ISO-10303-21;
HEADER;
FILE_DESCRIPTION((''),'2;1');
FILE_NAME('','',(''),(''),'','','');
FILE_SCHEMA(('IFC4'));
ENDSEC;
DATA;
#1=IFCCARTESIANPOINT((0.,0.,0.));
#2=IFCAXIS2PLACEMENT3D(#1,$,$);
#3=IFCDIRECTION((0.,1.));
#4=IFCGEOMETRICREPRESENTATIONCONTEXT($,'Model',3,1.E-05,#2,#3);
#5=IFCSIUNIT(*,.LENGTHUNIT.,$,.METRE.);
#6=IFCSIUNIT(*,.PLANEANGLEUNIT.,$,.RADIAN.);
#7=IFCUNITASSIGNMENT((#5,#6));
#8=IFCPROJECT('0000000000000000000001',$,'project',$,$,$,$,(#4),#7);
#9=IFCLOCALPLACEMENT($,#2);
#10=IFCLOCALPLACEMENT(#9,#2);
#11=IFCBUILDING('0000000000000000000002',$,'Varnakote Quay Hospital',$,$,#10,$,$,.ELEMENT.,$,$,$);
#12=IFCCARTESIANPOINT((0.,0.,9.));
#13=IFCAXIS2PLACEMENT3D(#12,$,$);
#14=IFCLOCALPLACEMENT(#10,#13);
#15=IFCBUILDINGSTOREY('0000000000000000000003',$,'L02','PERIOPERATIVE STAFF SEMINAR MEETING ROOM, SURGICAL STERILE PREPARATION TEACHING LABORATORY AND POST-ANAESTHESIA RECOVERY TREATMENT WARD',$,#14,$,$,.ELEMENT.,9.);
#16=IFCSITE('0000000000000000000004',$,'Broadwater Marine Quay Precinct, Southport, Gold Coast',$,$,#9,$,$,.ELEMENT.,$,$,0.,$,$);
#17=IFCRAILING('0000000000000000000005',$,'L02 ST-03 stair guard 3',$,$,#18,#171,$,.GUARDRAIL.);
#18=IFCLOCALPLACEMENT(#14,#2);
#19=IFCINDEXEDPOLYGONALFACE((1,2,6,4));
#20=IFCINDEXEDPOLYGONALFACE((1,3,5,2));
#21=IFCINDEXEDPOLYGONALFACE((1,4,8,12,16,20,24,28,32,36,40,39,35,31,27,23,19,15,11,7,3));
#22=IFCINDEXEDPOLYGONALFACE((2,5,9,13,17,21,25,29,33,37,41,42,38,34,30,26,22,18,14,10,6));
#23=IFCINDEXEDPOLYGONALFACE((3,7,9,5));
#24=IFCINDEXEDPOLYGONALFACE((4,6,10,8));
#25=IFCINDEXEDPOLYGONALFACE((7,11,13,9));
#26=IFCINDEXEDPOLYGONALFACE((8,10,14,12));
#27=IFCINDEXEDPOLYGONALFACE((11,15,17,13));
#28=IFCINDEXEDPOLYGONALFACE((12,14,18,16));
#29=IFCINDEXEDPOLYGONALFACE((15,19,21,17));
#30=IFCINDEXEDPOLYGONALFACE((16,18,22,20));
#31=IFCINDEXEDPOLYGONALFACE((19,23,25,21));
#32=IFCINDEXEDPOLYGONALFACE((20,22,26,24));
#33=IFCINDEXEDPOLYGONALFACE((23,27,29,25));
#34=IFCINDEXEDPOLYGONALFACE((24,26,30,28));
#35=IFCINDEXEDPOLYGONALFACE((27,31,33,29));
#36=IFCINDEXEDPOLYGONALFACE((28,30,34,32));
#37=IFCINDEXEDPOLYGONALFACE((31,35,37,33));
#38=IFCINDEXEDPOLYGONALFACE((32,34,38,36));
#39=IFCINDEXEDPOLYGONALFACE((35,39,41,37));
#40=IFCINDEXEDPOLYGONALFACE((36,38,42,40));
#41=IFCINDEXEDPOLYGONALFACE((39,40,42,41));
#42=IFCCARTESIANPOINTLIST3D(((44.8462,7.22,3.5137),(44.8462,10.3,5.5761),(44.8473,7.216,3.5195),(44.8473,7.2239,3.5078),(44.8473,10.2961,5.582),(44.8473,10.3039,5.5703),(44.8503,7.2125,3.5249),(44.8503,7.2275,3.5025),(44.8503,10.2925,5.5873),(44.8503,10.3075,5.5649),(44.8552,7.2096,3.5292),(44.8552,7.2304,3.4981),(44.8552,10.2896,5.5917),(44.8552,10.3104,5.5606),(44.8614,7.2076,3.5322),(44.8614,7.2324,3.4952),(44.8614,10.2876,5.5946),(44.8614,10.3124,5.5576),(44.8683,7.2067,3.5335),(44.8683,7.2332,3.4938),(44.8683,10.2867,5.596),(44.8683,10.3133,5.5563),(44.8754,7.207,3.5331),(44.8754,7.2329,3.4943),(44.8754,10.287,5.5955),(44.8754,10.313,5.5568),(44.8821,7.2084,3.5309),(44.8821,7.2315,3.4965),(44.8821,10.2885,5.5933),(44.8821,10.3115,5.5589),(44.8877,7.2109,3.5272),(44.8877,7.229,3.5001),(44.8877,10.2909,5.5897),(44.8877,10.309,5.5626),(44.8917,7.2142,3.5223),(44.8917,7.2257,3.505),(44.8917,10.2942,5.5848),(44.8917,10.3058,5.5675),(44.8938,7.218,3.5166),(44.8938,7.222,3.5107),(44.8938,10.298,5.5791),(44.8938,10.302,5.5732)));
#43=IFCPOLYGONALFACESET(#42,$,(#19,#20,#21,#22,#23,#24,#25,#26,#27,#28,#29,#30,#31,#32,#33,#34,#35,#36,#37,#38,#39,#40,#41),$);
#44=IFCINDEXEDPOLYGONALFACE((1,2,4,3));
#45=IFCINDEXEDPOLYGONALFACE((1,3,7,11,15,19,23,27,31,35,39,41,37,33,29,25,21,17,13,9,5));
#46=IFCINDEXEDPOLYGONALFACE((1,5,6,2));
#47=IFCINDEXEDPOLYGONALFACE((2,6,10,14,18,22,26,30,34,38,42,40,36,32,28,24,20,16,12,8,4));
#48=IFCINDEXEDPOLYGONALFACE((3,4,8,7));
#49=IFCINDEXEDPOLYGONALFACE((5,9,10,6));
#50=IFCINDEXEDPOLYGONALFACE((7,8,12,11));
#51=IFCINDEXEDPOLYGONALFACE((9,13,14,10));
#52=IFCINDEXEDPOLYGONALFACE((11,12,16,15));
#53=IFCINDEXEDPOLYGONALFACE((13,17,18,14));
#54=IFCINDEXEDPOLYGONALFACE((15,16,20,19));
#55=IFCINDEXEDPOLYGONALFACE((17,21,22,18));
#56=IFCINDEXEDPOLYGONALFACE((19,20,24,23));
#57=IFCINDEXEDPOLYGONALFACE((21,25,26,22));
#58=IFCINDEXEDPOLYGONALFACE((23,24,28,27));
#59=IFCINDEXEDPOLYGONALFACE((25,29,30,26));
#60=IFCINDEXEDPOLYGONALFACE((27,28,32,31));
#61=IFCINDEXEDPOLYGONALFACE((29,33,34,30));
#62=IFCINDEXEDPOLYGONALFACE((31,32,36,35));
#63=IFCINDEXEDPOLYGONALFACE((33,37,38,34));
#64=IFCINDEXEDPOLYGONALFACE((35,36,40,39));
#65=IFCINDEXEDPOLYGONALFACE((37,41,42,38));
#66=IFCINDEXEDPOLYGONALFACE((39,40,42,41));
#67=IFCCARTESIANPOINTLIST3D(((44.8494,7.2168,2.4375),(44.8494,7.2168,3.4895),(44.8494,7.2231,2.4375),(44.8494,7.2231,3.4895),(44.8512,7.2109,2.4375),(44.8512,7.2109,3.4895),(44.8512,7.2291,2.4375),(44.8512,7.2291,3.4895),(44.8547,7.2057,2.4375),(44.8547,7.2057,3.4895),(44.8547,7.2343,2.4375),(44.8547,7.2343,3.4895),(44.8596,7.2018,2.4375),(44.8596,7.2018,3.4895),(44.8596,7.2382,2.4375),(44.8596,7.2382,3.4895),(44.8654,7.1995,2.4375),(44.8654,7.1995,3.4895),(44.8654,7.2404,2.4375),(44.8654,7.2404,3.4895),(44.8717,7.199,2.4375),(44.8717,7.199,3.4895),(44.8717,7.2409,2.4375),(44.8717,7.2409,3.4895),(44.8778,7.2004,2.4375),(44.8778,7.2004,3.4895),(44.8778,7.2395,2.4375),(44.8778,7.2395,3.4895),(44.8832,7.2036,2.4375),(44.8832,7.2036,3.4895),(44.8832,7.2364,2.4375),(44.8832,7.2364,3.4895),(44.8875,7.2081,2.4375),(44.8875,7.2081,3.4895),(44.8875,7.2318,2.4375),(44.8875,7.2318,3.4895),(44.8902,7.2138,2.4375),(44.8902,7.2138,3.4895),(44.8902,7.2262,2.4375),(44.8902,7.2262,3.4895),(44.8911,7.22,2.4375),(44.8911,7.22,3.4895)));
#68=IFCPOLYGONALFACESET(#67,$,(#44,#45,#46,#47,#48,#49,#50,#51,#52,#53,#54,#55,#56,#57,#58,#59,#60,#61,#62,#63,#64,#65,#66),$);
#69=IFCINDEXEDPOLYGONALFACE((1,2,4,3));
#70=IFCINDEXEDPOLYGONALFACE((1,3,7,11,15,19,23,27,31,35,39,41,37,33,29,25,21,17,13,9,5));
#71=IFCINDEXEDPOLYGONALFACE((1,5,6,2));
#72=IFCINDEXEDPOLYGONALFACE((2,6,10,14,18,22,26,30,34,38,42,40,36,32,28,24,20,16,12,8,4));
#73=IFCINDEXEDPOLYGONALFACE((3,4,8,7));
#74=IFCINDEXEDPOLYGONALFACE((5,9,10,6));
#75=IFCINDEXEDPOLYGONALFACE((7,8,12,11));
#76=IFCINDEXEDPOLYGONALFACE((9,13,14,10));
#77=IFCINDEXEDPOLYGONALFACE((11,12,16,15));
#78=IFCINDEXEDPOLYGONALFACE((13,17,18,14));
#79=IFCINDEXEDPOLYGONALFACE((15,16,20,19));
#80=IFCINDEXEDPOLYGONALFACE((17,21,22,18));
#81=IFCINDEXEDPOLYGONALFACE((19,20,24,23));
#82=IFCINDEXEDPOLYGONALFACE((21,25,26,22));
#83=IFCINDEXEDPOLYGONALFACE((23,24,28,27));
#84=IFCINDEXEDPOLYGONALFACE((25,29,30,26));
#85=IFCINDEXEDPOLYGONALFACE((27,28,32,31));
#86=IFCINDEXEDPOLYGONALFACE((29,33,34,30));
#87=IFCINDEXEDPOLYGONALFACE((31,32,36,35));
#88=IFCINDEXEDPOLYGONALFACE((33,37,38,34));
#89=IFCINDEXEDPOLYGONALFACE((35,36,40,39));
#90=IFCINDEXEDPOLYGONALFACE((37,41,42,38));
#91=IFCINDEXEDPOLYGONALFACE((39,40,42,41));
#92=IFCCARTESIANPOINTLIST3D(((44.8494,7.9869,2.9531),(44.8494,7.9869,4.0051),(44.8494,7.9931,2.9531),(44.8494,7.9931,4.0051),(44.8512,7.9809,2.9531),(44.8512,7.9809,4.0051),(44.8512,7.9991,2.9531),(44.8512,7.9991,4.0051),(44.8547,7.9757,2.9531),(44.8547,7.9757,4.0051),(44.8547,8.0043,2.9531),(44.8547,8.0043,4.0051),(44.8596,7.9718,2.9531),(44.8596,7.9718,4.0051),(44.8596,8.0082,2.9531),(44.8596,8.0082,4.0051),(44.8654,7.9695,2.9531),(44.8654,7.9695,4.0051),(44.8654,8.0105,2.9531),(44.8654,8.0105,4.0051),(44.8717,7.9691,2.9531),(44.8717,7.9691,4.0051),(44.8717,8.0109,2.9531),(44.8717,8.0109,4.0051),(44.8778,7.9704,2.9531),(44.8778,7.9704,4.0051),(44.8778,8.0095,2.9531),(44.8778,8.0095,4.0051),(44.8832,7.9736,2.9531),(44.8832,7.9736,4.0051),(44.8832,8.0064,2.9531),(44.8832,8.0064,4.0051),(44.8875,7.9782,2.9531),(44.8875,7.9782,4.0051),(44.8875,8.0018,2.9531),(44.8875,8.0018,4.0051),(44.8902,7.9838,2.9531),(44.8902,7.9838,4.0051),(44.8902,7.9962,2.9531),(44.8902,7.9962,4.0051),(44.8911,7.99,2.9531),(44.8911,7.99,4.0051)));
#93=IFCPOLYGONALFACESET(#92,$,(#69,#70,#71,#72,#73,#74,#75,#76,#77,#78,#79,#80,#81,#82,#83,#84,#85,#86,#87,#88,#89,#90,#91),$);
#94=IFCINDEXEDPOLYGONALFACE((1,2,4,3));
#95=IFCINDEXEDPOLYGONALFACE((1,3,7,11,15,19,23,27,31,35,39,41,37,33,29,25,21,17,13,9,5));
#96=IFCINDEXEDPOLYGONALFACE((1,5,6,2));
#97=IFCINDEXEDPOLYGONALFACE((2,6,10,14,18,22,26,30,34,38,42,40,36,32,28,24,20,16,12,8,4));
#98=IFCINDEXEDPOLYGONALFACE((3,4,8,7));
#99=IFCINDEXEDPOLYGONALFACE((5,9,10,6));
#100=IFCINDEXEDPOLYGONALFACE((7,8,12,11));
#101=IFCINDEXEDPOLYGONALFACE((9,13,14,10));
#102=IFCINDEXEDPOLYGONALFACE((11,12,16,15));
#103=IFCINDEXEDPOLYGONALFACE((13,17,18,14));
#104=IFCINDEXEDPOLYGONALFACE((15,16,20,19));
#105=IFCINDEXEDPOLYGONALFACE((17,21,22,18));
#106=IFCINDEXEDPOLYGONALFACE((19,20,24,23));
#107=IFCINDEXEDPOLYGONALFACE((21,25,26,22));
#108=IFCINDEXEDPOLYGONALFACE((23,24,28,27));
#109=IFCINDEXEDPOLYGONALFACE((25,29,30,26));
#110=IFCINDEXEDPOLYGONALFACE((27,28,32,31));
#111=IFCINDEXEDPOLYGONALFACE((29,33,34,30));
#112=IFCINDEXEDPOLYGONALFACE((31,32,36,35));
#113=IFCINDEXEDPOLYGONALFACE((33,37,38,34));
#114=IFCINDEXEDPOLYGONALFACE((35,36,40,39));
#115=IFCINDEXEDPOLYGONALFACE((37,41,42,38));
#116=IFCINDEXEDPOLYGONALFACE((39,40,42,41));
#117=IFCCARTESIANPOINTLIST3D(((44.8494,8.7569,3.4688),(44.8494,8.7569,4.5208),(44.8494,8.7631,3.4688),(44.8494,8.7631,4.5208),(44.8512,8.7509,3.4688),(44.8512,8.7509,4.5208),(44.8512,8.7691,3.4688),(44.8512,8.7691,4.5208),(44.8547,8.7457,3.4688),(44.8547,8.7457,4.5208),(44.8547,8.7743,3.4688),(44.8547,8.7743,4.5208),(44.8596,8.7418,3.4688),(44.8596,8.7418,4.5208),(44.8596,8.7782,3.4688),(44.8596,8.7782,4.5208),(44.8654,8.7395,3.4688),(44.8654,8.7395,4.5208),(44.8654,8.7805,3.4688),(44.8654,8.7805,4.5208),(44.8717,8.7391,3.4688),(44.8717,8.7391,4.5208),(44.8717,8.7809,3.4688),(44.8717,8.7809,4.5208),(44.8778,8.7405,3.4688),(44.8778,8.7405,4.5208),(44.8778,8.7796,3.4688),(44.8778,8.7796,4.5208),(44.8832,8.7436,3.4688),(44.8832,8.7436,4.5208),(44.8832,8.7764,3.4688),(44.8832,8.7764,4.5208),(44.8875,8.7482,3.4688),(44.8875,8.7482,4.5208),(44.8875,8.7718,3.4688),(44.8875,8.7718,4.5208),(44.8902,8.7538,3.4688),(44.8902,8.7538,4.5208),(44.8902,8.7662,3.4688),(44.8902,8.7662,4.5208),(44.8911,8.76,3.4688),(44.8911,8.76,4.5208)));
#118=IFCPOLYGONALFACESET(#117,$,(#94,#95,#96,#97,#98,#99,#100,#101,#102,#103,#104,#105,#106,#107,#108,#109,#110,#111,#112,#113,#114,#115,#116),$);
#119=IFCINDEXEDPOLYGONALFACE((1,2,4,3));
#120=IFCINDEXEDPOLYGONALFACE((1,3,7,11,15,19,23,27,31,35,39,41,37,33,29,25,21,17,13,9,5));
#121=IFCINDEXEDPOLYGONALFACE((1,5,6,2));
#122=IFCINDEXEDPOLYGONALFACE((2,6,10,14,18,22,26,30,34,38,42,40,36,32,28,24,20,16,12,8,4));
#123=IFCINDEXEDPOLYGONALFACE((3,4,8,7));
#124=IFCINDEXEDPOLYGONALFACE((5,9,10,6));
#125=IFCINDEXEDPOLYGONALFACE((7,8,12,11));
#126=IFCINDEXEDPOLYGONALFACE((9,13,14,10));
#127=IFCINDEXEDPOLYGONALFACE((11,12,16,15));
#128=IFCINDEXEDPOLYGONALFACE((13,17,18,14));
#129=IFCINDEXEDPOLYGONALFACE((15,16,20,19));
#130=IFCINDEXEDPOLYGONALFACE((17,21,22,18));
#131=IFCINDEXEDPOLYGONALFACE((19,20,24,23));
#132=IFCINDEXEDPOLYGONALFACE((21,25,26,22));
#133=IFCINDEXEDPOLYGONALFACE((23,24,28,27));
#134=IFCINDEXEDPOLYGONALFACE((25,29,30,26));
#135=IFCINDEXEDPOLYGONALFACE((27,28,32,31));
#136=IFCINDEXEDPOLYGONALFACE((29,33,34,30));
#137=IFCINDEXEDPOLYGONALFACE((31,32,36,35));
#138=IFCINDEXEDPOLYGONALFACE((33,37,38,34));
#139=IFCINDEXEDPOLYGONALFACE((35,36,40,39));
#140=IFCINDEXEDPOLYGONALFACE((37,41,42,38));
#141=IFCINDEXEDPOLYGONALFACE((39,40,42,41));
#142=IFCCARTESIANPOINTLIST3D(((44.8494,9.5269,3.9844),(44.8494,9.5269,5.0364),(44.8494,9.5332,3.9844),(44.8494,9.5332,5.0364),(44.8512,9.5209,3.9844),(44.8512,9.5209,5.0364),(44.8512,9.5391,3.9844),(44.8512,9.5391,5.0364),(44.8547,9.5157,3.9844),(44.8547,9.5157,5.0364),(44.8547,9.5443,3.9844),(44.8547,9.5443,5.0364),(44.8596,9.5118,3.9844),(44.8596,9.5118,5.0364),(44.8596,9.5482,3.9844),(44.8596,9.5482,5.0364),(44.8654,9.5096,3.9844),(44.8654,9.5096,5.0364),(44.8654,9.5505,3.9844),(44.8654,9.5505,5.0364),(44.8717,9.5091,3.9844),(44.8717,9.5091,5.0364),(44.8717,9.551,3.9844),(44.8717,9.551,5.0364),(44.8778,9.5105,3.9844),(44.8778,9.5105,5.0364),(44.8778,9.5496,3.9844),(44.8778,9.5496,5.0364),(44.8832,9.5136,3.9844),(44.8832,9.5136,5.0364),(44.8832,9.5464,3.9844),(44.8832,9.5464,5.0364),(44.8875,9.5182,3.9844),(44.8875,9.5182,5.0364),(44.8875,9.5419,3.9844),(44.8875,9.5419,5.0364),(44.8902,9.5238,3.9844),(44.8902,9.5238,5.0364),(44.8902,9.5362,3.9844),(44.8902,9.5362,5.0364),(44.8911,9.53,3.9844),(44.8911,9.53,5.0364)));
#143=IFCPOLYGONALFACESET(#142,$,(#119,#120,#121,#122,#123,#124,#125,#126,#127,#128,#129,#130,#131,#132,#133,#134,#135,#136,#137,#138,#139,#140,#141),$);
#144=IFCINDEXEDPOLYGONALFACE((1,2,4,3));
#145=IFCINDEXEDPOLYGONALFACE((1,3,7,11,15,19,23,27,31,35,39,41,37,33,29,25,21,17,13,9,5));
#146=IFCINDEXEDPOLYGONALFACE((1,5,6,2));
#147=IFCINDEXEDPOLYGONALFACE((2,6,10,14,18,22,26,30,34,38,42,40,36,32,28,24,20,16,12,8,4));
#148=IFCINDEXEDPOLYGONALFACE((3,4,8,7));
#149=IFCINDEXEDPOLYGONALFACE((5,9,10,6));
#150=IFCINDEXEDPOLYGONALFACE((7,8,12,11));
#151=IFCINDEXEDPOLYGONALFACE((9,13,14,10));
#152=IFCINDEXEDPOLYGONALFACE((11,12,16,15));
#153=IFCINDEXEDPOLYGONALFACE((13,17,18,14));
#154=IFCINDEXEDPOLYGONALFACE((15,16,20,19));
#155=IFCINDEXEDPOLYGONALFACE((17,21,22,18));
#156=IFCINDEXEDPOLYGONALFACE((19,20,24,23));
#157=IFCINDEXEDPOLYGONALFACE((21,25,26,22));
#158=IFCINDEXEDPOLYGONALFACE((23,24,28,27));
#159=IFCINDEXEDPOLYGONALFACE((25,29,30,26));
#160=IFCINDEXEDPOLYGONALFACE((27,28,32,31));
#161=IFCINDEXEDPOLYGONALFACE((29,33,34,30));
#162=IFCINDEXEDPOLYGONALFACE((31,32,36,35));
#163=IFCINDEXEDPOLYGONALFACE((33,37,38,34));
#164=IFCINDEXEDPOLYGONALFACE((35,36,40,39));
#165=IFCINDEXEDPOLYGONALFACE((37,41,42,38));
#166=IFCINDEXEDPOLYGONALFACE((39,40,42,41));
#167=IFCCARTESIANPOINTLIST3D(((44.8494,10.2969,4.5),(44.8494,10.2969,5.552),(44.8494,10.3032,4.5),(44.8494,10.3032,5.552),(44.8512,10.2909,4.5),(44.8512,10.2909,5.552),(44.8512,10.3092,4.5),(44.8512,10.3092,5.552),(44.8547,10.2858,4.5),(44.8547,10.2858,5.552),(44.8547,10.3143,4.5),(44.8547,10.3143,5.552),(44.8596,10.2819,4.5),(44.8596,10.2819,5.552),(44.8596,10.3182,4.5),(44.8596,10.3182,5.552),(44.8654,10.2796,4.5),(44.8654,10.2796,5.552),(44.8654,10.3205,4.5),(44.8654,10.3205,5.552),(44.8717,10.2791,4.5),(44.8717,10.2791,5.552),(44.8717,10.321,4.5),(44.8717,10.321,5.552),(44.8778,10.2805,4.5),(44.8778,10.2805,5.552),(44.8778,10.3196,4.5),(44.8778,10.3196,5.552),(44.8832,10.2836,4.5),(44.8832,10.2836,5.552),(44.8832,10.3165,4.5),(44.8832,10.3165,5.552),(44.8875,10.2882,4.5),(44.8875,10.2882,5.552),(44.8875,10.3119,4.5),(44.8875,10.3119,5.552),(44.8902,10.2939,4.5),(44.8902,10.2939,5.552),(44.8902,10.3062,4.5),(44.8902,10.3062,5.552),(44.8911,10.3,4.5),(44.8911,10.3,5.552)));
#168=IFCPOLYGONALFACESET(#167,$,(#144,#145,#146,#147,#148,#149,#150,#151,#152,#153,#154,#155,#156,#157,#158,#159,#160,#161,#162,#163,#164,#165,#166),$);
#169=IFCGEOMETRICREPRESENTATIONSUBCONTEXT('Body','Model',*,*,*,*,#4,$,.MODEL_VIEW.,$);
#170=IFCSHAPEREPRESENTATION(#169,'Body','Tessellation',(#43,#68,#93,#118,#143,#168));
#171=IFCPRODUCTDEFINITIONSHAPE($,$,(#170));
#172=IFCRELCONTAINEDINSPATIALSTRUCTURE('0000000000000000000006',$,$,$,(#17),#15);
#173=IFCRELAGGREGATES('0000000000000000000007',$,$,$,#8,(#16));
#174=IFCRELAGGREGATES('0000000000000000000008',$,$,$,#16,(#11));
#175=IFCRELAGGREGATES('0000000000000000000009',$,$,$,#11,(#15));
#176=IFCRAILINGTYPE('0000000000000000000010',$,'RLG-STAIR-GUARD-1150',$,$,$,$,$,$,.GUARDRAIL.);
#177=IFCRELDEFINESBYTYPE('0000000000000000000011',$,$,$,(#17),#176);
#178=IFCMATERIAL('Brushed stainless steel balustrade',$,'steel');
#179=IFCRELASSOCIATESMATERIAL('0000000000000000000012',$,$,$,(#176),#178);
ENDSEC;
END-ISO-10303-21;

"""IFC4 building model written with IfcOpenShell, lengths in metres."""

from ifc_helpers import new_model, si_unit, direction, frame, origin, origin_2d, place, context, subcontext, project, spatial, circle, extrude, material, type_object, element, save


model = new_model("IFC4")

# Units and contexts
model_context = context("Model", 3, precision=1e-05, world=origin(), true_north=direction((0.0, 1.0)))
body_context = subcontext(model_context, "Body", "Model", "MODEL_VIEW")
ifc_project = project(units=[si_unit("LENGTHUNIT", "METRE"), si_unit("PLANEANGLEUNIT", "RADIAN")], contexts=[model_context])

# Site, building, storey
site_placement = place(None, origin())
site = spatial("IfcSite", under=ifc_project, at=site_placement, Name="Broadwater Marine Quay Precinct, Southport, Gold Coast", CompositionType="ELEMENT", RefElevation=0.0)
building_placement = place(site_placement, origin())
building = spatial("IfcBuilding", under=site, at=building_placement, Name="Varnakote Quay Hospital", CompositionType="ELEMENT")
storey_placement = place(building_placement, frame((0.0, 0.0, 9.0)))
storey = spatial("IfcBuildingStorey", under=building, at=storey_placement, Name="L02", Description="PERIOPERATIVE STAFF SEMINAR MEETING ROOM, SURGICAL STERILE PREPARATION TEACHING LABORATORY AND POST-ANAESTHESIA RECOVERY TREATMENT WARD", CompositionType="ELEMENT", Elevation=9.0)

# Railing
ifc_material_1 = material(Name="Brushed stainless steel balustrade", Category="steel")
railing_type_1 = type_object("IfcRailingType", Name="RLG-STAIR-GUARD-1150", PredefinedType="GUARDRAIL", material=ifc_material_1)
railing_1_placement = place(storey_placement, frame((44.8701, 7.22, 2.4375)))
element("IfcRailing", 1, at=railing_1_placement, inside=storey, type_object=railing_type_1, Name="L02 ST-03 stair guard 3", PredefinedType="GUARDRAIL", context=body_context, shape_type="SweptSolid", body=[
    extrude(circle(Radius=0.0239, at=origin_2d()), frame((0.0, 0.0, 1.0762), z_axis=(0.0, 0.830914, 0.556401), x_axis=(-1.0, 0.0, 0.0)), (0.0, 0.0, 1.0), 3.7068),
    extrude(circle(Radius=0.021, at=origin_2d()), origin(), (0.0, 0.0, 1.0), 1.052),
    extrude(circle(Radius=0.021, at=origin_2d()), frame((0.0, 0.77, 0.5156)), (0.0, 0.0, 1.0), 1.052),
    extrude(circle(Radius=0.021, at=origin_2d()), frame((0.0, 1.54, 1.0312)), (0.0, 0.0, 1.0), 1.052),
    extrude(circle(Radius=0.021, at=origin_2d()), frame((0.0, 2.3101, 1.5469)), (0.0, 0.0, 1.0), 1.052),
    extrude(circle(Radius=0.021, at=origin_2d()), frame((0.0, 3.0801, 2.0625)), (0.0, 0.0, 1.0), 1.052),
])

save(model, "model.ifc")
